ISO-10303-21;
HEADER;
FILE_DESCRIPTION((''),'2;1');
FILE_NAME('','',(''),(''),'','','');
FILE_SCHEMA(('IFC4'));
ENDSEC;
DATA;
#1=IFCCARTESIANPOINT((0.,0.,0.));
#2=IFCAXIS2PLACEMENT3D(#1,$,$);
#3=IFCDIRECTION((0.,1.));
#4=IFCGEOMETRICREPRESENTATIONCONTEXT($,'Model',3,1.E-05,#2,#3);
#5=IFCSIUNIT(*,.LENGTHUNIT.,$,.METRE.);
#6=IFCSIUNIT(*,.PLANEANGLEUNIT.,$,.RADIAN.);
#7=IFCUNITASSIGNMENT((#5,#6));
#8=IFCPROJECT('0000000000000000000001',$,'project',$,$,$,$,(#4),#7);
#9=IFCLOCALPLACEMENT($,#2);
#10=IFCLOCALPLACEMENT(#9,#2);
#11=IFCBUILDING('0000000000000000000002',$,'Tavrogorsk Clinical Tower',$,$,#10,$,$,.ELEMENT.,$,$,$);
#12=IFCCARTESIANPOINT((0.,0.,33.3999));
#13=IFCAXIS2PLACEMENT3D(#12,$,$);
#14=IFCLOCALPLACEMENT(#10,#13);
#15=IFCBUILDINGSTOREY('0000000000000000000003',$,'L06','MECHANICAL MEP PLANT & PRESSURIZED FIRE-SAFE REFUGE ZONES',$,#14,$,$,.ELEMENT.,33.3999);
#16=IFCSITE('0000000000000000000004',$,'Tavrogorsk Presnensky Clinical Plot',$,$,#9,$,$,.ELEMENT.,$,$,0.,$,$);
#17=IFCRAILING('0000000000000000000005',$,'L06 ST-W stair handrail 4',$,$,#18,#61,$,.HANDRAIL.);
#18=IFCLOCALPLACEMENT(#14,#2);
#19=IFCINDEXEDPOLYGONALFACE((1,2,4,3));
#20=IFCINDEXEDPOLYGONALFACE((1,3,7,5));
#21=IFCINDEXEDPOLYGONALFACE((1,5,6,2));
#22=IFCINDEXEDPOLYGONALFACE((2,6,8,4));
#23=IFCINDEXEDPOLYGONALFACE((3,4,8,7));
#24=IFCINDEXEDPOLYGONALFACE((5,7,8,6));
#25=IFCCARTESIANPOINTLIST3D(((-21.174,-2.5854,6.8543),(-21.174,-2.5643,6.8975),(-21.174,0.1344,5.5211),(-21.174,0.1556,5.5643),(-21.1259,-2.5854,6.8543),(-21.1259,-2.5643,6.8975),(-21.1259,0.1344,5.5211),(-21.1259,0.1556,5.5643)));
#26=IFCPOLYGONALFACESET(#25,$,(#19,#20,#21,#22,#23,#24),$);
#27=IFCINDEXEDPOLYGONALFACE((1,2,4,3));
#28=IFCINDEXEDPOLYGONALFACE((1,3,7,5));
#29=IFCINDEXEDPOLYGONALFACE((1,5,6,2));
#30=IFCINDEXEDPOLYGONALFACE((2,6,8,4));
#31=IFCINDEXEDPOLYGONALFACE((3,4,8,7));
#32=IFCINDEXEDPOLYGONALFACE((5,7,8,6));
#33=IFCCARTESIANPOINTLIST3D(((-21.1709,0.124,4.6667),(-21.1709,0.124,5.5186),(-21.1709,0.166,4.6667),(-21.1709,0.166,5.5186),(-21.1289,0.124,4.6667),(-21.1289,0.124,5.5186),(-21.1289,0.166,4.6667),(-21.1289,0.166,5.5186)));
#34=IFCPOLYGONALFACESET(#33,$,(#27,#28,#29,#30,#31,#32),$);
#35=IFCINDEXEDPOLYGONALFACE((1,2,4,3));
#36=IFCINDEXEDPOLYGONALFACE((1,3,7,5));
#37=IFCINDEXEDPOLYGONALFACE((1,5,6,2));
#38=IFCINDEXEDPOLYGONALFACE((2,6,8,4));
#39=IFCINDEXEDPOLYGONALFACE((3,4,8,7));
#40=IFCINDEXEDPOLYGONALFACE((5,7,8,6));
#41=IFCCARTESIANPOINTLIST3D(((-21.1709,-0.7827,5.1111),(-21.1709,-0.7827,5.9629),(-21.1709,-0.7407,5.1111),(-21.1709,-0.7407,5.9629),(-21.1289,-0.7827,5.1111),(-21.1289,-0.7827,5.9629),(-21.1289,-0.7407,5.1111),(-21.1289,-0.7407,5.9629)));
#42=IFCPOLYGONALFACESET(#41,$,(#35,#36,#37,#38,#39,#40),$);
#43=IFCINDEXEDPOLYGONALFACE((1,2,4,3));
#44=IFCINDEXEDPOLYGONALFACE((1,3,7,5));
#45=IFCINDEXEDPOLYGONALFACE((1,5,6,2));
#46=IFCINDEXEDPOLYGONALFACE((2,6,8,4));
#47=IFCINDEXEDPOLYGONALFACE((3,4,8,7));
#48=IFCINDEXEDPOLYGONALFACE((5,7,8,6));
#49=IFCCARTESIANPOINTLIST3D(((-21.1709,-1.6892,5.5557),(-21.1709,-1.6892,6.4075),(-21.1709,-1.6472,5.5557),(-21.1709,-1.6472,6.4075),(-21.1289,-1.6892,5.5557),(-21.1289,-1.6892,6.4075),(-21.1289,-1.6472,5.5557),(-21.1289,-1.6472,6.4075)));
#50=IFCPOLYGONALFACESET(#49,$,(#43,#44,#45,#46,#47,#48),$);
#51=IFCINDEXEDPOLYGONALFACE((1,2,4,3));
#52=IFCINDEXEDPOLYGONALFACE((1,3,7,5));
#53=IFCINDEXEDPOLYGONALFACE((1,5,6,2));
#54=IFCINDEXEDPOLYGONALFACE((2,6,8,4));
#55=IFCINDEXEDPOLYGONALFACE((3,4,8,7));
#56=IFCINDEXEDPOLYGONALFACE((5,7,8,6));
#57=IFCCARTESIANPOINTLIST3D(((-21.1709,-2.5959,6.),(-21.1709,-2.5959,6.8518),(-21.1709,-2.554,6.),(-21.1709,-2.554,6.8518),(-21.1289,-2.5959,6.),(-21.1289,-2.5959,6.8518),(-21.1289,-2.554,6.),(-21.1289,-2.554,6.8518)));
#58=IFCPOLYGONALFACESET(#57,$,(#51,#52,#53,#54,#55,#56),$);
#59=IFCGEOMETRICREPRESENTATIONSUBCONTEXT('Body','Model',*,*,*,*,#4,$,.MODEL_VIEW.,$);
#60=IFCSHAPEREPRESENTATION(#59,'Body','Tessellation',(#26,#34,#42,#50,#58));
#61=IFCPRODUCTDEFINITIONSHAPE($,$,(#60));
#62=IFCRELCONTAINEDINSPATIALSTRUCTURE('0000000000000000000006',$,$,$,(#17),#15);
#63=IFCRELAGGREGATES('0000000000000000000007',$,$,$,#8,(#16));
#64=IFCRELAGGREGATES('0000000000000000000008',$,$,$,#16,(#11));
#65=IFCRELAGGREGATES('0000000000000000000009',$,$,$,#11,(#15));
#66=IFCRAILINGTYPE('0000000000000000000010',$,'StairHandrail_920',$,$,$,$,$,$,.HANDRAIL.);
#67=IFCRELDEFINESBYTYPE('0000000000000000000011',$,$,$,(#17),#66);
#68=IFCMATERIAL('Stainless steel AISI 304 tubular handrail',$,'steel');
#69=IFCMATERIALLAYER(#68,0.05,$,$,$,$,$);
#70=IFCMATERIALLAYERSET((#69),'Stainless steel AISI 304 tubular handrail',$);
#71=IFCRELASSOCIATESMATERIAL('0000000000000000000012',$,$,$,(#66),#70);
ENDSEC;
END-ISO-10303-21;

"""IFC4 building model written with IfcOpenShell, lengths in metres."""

from ifc_helpers import new_model, si_unit, direction, frame, origin, origin_2d, place, context, subcontext, project, spatial, rectangle, extrude, material, layer, layer_set, type_object, element, save


model = new_model("IFC4")

# Units and contexts
model_context = context("Model", 3, precision=1e-05, world=origin(), true_north=direction((0.0, 1.0)))
body_context = subcontext(model_context, "Body", "Model", "MODEL_VIEW")
ifc_project = project(units=[si_unit("LENGTHUNIT", "METRE"), si_unit("PLANEANGLEUNIT", "RADIAN")], contexts=[model_context])

# Site, building, storey
site_placement = place(None, origin())
site = spatial("IfcSite", under=ifc_project, at=site_placement, Name="Tavrogorsk Presnensky Clinical Plot", CompositionType="ELEMENT", RefElevation=0.0)
building_placement = place(site_placement, origin())
building = spatial("IfcBuilding", under=site, at=building_placement, Name="Tavrogorsk Clinical Tower", CompositionType="ELEMENT")
storey_placement = place(building_placement, frame((0.0, 0.0, 33.3999)))
storey = spatial("IfcBuildingStorey", under=building, at=storey_placement, Name="L06", Description="MECHANICAL MEP PLANT & PRESSURIZED FIRE-SAFE REFUGE ZONES", CompositionType="ELEMENT", Elevation=33.3999)

# Railing
ifc_material_1 = material(Name="Stainless steel AISI 304 tubular handrail", Category="steel")
ifc_layer_1 = layer(ifc_material_1, 0.05)
ifc_layer_set_1 = layer_set([ifc_layer_1], Name="Stainless steel AISI 304 tubular handrail")
railing_type_1 = type_object("IfcRailingType", Name="StairHandrail_920", PredefinedType="HANDRAIL", material=ifc_layer_set_1)
for number, where, name in (
    (1, (-21.1499, 0.145, 4.6667), "L06 ST-W stair handrail 4"),
):
    element("IfcRailing", number, at=place(storey_placement, frame(where)), inside=storey, type_object=railing_type_1, Name=name, PredefinedType="HANDRAIL", context=body_context, shape_type="SweptSolid", body=[
        extrude(rectangle(XDim=0.0481, YDim=0.0481, at=origin_2d()), frame((0.0, 0.0, 0.876), z_axis=(0.0, -0.897929, 0.440139), x_axis=(1.0, 0.0, 0.0)), (0.0, 0.0, 1.0), 3.0291),
        extrude(rectangle(XDim=0.042, YDim=0.042, at=origin_2d()), origin(), (0.0, 0.0, 1.0), 0.8518),
        extrude(rectangle(XDim=0.042, YDim=0.042, at=origin_2d()), frame((0.0, -0.9067, 0.4443)), (0.0, 0.0, 1.0), 0.8518),
        extrude(rectangle(XDim=0.042, YDim=0.042, at=origin_2d()), frame((0.0, -1.8132, 0.8889)), (0.0, 0.0, 1.0), 0.8518),
        extrude(rectangle(XDim=0.042, YDim=0.042, at=origin_2d()), frame((0.0, -2.72, 1.3333)), (0.0, 0.0, 1.0), 0.8518),
    ])

save(model, "model.ifc")
